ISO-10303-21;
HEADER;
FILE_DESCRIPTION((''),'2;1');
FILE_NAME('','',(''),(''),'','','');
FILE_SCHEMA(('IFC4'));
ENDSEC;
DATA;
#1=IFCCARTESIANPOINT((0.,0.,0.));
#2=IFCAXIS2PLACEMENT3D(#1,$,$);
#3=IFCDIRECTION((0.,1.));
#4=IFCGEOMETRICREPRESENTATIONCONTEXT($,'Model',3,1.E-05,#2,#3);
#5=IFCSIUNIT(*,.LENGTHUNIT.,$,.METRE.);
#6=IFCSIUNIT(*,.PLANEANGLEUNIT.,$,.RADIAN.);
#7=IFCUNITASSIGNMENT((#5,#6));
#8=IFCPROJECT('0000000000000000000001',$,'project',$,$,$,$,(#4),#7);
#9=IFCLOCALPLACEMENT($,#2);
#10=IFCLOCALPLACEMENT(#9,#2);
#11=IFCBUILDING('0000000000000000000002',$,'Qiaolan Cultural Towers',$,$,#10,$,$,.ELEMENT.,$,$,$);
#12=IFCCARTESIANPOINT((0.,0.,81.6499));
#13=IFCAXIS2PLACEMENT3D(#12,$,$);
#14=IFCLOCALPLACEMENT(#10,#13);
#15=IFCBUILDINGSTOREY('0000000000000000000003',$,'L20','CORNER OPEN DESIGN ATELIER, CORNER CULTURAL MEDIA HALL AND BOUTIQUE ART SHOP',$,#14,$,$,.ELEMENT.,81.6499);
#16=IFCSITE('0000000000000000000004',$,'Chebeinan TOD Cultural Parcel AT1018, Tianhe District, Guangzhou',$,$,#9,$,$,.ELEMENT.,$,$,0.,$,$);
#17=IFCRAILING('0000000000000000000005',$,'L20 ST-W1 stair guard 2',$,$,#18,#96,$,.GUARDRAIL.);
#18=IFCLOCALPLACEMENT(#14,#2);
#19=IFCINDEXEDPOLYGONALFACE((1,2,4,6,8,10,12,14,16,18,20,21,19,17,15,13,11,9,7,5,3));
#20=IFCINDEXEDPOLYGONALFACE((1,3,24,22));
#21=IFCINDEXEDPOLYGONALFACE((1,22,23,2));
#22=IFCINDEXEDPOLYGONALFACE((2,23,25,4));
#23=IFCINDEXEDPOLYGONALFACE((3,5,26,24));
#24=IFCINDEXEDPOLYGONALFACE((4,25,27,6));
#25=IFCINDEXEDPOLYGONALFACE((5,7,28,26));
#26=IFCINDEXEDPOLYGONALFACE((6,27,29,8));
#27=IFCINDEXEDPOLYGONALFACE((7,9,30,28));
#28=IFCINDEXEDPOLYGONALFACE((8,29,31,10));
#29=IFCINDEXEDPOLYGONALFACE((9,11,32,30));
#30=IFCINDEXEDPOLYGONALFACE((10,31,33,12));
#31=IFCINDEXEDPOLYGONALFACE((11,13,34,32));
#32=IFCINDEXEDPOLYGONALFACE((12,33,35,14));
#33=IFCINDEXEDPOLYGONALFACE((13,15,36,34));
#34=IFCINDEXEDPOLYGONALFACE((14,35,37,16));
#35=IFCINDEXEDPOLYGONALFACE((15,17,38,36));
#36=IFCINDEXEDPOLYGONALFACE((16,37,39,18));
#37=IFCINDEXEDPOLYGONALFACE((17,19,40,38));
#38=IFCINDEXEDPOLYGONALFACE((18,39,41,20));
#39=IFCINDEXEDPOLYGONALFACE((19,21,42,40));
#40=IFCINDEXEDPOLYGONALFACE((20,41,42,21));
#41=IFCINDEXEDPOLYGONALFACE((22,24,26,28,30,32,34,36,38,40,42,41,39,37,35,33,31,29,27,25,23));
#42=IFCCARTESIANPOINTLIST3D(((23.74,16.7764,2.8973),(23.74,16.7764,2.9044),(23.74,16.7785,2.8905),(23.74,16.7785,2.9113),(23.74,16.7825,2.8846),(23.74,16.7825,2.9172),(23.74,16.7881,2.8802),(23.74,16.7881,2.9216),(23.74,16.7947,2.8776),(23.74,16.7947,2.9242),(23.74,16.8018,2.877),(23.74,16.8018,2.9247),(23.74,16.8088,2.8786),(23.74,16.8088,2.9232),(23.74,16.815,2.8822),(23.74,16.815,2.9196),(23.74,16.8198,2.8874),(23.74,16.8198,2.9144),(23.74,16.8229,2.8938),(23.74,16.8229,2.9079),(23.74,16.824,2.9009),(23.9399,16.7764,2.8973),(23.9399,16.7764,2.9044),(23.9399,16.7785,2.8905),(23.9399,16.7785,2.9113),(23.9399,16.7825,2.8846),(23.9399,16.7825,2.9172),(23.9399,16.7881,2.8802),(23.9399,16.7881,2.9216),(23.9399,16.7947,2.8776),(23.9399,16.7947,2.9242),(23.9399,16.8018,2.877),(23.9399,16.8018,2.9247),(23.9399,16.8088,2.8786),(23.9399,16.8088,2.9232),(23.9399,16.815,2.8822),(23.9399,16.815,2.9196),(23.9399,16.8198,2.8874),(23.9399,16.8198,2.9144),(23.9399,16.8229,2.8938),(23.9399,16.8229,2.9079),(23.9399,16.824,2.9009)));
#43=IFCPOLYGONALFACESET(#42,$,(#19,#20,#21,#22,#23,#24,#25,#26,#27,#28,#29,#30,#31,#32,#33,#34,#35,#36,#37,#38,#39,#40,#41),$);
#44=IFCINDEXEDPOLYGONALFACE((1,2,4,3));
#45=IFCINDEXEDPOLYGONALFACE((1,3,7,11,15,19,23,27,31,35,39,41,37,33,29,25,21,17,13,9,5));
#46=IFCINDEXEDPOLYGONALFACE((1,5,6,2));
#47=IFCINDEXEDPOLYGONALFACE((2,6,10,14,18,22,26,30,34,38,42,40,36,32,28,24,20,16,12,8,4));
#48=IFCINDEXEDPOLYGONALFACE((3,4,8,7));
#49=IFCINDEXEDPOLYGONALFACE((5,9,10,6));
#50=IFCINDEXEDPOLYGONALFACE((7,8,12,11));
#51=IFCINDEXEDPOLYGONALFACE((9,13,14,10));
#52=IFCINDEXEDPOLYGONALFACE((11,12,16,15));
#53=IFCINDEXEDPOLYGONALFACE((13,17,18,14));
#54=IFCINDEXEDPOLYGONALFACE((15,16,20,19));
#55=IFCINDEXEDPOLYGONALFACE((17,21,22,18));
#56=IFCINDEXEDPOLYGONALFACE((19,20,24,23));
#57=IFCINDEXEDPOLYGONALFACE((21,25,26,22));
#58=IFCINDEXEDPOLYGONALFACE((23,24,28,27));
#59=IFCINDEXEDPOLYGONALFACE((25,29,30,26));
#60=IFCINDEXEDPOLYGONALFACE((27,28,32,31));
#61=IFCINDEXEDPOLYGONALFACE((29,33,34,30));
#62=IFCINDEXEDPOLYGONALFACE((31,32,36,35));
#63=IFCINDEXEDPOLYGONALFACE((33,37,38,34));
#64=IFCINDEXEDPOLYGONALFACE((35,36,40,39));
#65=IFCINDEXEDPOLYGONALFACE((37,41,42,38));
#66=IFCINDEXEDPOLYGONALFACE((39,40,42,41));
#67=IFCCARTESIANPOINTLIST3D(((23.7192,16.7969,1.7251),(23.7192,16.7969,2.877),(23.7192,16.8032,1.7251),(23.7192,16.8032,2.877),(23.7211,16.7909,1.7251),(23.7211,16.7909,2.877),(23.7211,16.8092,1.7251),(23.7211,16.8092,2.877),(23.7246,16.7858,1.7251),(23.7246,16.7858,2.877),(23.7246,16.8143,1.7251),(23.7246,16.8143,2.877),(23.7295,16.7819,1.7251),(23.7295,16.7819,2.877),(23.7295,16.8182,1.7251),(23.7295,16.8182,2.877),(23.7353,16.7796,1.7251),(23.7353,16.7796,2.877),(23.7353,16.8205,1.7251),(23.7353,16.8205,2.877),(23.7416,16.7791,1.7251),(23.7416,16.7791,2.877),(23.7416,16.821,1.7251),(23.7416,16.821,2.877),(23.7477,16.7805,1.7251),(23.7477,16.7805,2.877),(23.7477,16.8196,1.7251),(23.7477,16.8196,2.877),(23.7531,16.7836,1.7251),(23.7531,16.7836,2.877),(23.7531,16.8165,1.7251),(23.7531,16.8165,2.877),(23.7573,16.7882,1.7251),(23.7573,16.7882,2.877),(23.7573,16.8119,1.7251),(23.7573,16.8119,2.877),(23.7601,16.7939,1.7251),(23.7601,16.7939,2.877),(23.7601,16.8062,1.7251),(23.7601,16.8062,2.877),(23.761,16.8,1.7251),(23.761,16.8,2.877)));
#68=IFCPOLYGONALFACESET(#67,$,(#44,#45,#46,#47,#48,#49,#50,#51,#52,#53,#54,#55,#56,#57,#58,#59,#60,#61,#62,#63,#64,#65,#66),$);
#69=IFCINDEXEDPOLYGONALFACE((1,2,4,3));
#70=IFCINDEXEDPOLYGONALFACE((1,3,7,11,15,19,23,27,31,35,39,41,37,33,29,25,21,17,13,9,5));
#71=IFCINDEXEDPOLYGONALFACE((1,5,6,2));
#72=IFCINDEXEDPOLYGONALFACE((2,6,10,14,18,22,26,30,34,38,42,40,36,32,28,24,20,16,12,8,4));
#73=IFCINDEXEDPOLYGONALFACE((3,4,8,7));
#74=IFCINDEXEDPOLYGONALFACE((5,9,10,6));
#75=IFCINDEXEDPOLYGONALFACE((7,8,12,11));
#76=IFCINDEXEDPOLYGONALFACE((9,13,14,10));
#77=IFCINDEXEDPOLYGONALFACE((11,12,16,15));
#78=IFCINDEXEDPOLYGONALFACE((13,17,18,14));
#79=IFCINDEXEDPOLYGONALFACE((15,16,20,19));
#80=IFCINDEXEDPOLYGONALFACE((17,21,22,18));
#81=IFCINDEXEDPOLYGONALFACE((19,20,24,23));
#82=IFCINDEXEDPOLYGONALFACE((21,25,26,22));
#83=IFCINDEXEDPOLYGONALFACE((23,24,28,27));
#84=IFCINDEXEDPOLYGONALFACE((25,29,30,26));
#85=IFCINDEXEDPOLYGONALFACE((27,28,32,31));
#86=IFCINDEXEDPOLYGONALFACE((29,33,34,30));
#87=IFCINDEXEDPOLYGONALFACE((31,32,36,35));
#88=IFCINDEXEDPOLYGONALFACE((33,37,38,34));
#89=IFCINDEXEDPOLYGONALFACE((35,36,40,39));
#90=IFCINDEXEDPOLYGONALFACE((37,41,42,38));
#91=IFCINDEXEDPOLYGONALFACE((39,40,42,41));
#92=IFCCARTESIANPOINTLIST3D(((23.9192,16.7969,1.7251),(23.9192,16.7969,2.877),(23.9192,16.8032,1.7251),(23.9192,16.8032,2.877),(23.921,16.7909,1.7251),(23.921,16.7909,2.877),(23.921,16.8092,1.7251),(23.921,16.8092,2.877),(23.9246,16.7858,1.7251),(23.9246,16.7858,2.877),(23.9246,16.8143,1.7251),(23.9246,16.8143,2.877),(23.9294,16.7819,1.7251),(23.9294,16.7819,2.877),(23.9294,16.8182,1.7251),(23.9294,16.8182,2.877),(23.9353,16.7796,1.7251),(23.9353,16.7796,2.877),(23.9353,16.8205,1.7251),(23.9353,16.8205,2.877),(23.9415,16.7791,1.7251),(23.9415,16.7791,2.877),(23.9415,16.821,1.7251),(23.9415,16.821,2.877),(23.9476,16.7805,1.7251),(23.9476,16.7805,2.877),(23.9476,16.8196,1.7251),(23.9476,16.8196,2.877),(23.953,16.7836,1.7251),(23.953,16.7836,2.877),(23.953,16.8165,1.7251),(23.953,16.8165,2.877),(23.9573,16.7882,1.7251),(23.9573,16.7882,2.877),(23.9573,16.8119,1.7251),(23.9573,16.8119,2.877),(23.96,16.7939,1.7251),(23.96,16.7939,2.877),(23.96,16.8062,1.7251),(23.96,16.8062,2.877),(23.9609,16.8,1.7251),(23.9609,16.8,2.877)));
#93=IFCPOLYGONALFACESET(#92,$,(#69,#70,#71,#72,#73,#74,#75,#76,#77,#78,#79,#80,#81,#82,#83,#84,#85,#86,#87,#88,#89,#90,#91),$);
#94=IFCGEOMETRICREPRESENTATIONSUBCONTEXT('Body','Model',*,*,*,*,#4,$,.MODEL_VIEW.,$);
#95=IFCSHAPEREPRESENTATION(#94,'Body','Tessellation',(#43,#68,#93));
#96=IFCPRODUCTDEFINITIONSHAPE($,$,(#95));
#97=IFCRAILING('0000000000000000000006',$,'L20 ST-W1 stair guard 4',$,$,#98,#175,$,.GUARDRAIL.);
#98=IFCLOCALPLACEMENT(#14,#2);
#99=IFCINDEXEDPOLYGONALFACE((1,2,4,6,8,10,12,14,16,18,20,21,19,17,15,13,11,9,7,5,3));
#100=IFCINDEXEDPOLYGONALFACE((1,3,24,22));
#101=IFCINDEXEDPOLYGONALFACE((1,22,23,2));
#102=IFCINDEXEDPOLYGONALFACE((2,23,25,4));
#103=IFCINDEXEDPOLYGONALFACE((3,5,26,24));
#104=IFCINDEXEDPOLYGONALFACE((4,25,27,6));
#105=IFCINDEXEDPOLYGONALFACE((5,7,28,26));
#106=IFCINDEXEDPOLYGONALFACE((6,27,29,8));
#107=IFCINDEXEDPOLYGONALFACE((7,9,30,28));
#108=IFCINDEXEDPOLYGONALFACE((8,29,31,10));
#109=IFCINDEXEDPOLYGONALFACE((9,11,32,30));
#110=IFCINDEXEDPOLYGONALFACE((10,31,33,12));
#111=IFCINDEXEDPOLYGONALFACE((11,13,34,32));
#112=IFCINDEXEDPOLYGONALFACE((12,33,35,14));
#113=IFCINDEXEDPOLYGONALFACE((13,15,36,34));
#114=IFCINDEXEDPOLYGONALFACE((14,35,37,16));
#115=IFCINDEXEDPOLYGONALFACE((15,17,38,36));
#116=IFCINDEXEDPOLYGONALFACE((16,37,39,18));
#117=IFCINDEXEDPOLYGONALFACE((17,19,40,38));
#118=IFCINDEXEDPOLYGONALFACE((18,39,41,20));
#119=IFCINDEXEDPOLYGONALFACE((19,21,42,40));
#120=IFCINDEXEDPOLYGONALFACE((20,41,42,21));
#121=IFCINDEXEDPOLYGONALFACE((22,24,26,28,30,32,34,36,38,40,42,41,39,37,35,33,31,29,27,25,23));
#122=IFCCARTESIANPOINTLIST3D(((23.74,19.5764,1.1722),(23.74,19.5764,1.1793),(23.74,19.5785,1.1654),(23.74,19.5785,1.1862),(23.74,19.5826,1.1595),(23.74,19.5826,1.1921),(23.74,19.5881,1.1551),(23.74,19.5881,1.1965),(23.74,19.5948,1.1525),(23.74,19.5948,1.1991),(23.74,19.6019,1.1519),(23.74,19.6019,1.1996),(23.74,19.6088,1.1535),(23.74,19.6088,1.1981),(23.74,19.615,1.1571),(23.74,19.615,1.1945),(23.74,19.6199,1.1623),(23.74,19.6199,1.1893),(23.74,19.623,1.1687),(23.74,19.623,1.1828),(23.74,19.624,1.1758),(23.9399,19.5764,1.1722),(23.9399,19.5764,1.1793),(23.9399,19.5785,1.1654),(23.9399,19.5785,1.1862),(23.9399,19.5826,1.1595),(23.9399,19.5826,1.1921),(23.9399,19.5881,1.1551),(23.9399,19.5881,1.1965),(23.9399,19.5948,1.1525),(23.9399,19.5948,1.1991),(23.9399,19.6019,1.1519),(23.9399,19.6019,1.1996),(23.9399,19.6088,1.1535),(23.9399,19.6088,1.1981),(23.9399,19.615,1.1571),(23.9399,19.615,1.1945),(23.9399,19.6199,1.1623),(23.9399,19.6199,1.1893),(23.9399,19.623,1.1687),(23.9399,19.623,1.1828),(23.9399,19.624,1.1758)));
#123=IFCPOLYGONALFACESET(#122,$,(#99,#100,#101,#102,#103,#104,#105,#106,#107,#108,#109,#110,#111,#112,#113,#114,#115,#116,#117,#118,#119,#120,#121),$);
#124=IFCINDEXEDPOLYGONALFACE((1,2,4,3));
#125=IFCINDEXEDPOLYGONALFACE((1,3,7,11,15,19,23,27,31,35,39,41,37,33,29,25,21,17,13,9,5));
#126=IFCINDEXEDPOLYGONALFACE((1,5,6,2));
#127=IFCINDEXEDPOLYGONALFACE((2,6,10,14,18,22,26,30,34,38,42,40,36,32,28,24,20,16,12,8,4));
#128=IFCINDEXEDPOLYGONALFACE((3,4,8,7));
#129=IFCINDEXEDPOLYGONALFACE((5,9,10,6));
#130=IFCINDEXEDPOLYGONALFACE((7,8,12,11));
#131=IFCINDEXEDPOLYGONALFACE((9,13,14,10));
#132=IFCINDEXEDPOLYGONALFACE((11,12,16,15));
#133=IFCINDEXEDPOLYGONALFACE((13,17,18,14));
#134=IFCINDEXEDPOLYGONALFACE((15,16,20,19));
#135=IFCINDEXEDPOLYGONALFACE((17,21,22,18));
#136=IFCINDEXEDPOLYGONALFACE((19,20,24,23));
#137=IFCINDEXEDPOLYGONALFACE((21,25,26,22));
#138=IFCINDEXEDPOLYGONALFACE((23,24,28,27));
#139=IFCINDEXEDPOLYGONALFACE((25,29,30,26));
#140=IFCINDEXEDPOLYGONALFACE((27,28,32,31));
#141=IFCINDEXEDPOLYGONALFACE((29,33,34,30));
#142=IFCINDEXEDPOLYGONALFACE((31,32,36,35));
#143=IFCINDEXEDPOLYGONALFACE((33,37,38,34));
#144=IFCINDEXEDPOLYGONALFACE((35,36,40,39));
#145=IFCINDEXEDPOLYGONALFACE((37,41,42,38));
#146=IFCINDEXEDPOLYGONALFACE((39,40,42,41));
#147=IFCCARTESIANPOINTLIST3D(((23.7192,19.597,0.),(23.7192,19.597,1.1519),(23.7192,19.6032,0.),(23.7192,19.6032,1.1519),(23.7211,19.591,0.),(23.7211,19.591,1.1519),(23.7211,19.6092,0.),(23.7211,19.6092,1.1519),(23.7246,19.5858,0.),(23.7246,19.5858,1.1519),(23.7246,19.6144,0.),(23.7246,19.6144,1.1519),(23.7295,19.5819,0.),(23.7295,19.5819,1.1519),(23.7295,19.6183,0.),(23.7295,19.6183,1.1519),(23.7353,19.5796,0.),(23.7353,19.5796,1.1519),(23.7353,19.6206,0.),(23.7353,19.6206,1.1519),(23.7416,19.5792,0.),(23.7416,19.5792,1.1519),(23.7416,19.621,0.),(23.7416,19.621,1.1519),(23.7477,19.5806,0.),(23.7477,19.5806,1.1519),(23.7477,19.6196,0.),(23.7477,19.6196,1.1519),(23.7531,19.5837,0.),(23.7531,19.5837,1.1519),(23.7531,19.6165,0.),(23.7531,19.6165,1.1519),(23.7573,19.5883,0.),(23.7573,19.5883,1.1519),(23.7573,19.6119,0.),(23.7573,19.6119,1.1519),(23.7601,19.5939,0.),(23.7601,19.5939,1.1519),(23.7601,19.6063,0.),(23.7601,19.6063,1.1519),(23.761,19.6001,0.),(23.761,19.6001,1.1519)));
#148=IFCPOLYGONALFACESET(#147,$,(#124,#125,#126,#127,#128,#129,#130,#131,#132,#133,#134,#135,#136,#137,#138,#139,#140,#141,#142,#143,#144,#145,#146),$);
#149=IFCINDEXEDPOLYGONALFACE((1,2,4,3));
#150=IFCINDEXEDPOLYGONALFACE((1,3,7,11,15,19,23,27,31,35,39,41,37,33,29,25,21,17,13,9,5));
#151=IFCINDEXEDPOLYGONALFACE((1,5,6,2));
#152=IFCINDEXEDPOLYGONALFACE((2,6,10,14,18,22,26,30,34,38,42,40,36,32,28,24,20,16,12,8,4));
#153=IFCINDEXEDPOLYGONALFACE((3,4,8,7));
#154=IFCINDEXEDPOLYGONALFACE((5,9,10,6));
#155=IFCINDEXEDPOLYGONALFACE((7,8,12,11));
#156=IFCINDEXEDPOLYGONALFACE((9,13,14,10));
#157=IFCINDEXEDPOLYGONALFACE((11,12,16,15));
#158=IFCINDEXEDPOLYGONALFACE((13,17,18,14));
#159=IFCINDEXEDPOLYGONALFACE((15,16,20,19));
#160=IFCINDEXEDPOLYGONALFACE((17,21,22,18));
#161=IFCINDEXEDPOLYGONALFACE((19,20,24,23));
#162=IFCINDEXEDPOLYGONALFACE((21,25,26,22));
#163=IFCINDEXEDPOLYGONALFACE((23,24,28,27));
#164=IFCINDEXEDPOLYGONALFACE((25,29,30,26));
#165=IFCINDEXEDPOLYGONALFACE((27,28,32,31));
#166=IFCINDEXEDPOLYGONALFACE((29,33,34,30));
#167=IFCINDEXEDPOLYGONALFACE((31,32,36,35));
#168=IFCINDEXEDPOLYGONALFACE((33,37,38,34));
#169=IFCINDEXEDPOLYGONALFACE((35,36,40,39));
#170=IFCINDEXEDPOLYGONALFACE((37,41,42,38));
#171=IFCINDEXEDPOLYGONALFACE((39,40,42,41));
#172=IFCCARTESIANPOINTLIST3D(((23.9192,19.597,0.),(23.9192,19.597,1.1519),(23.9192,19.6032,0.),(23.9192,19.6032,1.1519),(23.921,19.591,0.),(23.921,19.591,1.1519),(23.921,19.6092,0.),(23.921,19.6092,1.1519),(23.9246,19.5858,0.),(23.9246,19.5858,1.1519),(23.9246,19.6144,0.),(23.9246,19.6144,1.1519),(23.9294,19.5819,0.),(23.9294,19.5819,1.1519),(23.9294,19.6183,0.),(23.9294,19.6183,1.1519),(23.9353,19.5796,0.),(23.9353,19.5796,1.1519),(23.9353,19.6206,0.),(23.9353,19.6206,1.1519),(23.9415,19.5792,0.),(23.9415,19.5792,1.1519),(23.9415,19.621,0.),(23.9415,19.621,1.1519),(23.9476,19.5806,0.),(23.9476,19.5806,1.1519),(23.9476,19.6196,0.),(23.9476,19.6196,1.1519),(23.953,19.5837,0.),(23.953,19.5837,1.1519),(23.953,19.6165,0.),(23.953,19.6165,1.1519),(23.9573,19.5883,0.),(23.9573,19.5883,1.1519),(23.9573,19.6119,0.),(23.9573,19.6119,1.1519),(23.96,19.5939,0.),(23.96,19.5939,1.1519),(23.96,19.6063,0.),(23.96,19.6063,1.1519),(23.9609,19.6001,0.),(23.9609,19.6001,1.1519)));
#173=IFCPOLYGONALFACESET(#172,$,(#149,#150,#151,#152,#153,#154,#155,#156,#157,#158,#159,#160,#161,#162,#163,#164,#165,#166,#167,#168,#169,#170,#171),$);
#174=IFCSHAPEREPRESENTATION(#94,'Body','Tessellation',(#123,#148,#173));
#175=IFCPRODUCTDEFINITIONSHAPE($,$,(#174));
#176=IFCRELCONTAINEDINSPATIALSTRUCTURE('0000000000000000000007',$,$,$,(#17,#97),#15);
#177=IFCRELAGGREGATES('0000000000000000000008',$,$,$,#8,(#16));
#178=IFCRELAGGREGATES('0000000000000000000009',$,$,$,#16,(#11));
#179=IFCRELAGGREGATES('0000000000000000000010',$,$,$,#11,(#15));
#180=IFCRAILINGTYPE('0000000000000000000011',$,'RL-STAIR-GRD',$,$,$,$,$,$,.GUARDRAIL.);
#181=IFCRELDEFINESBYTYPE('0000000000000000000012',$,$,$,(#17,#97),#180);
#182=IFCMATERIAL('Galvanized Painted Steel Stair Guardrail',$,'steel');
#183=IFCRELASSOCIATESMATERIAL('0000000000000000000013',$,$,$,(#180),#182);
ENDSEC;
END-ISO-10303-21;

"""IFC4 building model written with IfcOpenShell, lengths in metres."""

from ifc_helpers import new_model, si_unit, direction, frame, origin, origin_2d, place, context, subcontext, project, spatial, circle, extrude, material, type_object, element, save


model = new_model("IFC4")

# Units and contexts
model_context = context("Model", 3, precision=1e-05, world=origin(), true_north=direction((0.0, 1.0)))
body_context = subcontext(model_context, "Body", "Model", "MODEL_VIEW")
ifc_project = project(units=[si_unit("LENGTHUNIT", "METRE"), si_unit("PLANEANGLEUNIT", "RADIAN")], contexts=[model_context])

# Site, building, storey
site_placement = place(None, origin())
site = spatial("IfcSite", under=ifc_project, at=site_placement, Name="Chebeinan TOD Cultural Parcel AT1018, Tianhe District, Guangzhou", CompositionType="ELEMENT", RefElevation=0.0)
building_placement = place(site_placement, origin())
building = spatial("IfcBuilding", under=site, at=building_placement, Name="Qiaolan Cultural Towers", CompositionType="ELEMENT")
storey_placement = place(building_placement, frame((0.0, 0.0, 81.6499)))
storey = spatial("IfcBuildingStorey", under=building, at=storey_placement, Name="L20", Description="CORNER OPEN DESIGN ATELIER, CORNER CULTURAL MEDIA HALL AND BOUTIQUE ART SHOP", CompositionType="ELEMENT", Elevation=81.6499)

# Railings
ifc_material_1 = material(Name="Galvanized Painted Steel Stair Guardrail", Category="steel")
railing_type_1 = type_object("IfcRailingType", Name="RL-STAIR-GRD", PredefinedType="GUARDRAIL", material=ifc_material_1)
for number, where, name in (
    (1, (23.74, 16.8, 1.7251), "L20 ST-W1 stair guard 2"),
    (2, (23.74, 19.6001, 0.0), "L20 ST-W1 stair guard 4"),
):
    element("IfcRailing", number, at=place(storey_placement, frame(where)), inside=storey, type_object=railing_type_1, Name=name, PredefinedType="GUARDRAIL", context=body_context, shape_type="SweptSolid", body=[
        extrude(circle(Radius=0.0239, at=origin_2d()), frame((0.0, 0.0, 1.1758), z_axis=(1.0, 0.0, 0.0), x_axis=(0.0, 1.0, 0.0)), (0.0, 0.0, 1.0), 0.2),
        extrude(circle(Radius=0.021, at=origin_2d()), origin(), (0.0, 0.0, 1.0), 1.1519),
        extrude(circle(Radius=0.021, at=origin_2d()), frame((0.2, 0.0, 0.0)), (0.0, 0.0, 1.0), 1.1519),
    ])

save(model, "model.ifc")
